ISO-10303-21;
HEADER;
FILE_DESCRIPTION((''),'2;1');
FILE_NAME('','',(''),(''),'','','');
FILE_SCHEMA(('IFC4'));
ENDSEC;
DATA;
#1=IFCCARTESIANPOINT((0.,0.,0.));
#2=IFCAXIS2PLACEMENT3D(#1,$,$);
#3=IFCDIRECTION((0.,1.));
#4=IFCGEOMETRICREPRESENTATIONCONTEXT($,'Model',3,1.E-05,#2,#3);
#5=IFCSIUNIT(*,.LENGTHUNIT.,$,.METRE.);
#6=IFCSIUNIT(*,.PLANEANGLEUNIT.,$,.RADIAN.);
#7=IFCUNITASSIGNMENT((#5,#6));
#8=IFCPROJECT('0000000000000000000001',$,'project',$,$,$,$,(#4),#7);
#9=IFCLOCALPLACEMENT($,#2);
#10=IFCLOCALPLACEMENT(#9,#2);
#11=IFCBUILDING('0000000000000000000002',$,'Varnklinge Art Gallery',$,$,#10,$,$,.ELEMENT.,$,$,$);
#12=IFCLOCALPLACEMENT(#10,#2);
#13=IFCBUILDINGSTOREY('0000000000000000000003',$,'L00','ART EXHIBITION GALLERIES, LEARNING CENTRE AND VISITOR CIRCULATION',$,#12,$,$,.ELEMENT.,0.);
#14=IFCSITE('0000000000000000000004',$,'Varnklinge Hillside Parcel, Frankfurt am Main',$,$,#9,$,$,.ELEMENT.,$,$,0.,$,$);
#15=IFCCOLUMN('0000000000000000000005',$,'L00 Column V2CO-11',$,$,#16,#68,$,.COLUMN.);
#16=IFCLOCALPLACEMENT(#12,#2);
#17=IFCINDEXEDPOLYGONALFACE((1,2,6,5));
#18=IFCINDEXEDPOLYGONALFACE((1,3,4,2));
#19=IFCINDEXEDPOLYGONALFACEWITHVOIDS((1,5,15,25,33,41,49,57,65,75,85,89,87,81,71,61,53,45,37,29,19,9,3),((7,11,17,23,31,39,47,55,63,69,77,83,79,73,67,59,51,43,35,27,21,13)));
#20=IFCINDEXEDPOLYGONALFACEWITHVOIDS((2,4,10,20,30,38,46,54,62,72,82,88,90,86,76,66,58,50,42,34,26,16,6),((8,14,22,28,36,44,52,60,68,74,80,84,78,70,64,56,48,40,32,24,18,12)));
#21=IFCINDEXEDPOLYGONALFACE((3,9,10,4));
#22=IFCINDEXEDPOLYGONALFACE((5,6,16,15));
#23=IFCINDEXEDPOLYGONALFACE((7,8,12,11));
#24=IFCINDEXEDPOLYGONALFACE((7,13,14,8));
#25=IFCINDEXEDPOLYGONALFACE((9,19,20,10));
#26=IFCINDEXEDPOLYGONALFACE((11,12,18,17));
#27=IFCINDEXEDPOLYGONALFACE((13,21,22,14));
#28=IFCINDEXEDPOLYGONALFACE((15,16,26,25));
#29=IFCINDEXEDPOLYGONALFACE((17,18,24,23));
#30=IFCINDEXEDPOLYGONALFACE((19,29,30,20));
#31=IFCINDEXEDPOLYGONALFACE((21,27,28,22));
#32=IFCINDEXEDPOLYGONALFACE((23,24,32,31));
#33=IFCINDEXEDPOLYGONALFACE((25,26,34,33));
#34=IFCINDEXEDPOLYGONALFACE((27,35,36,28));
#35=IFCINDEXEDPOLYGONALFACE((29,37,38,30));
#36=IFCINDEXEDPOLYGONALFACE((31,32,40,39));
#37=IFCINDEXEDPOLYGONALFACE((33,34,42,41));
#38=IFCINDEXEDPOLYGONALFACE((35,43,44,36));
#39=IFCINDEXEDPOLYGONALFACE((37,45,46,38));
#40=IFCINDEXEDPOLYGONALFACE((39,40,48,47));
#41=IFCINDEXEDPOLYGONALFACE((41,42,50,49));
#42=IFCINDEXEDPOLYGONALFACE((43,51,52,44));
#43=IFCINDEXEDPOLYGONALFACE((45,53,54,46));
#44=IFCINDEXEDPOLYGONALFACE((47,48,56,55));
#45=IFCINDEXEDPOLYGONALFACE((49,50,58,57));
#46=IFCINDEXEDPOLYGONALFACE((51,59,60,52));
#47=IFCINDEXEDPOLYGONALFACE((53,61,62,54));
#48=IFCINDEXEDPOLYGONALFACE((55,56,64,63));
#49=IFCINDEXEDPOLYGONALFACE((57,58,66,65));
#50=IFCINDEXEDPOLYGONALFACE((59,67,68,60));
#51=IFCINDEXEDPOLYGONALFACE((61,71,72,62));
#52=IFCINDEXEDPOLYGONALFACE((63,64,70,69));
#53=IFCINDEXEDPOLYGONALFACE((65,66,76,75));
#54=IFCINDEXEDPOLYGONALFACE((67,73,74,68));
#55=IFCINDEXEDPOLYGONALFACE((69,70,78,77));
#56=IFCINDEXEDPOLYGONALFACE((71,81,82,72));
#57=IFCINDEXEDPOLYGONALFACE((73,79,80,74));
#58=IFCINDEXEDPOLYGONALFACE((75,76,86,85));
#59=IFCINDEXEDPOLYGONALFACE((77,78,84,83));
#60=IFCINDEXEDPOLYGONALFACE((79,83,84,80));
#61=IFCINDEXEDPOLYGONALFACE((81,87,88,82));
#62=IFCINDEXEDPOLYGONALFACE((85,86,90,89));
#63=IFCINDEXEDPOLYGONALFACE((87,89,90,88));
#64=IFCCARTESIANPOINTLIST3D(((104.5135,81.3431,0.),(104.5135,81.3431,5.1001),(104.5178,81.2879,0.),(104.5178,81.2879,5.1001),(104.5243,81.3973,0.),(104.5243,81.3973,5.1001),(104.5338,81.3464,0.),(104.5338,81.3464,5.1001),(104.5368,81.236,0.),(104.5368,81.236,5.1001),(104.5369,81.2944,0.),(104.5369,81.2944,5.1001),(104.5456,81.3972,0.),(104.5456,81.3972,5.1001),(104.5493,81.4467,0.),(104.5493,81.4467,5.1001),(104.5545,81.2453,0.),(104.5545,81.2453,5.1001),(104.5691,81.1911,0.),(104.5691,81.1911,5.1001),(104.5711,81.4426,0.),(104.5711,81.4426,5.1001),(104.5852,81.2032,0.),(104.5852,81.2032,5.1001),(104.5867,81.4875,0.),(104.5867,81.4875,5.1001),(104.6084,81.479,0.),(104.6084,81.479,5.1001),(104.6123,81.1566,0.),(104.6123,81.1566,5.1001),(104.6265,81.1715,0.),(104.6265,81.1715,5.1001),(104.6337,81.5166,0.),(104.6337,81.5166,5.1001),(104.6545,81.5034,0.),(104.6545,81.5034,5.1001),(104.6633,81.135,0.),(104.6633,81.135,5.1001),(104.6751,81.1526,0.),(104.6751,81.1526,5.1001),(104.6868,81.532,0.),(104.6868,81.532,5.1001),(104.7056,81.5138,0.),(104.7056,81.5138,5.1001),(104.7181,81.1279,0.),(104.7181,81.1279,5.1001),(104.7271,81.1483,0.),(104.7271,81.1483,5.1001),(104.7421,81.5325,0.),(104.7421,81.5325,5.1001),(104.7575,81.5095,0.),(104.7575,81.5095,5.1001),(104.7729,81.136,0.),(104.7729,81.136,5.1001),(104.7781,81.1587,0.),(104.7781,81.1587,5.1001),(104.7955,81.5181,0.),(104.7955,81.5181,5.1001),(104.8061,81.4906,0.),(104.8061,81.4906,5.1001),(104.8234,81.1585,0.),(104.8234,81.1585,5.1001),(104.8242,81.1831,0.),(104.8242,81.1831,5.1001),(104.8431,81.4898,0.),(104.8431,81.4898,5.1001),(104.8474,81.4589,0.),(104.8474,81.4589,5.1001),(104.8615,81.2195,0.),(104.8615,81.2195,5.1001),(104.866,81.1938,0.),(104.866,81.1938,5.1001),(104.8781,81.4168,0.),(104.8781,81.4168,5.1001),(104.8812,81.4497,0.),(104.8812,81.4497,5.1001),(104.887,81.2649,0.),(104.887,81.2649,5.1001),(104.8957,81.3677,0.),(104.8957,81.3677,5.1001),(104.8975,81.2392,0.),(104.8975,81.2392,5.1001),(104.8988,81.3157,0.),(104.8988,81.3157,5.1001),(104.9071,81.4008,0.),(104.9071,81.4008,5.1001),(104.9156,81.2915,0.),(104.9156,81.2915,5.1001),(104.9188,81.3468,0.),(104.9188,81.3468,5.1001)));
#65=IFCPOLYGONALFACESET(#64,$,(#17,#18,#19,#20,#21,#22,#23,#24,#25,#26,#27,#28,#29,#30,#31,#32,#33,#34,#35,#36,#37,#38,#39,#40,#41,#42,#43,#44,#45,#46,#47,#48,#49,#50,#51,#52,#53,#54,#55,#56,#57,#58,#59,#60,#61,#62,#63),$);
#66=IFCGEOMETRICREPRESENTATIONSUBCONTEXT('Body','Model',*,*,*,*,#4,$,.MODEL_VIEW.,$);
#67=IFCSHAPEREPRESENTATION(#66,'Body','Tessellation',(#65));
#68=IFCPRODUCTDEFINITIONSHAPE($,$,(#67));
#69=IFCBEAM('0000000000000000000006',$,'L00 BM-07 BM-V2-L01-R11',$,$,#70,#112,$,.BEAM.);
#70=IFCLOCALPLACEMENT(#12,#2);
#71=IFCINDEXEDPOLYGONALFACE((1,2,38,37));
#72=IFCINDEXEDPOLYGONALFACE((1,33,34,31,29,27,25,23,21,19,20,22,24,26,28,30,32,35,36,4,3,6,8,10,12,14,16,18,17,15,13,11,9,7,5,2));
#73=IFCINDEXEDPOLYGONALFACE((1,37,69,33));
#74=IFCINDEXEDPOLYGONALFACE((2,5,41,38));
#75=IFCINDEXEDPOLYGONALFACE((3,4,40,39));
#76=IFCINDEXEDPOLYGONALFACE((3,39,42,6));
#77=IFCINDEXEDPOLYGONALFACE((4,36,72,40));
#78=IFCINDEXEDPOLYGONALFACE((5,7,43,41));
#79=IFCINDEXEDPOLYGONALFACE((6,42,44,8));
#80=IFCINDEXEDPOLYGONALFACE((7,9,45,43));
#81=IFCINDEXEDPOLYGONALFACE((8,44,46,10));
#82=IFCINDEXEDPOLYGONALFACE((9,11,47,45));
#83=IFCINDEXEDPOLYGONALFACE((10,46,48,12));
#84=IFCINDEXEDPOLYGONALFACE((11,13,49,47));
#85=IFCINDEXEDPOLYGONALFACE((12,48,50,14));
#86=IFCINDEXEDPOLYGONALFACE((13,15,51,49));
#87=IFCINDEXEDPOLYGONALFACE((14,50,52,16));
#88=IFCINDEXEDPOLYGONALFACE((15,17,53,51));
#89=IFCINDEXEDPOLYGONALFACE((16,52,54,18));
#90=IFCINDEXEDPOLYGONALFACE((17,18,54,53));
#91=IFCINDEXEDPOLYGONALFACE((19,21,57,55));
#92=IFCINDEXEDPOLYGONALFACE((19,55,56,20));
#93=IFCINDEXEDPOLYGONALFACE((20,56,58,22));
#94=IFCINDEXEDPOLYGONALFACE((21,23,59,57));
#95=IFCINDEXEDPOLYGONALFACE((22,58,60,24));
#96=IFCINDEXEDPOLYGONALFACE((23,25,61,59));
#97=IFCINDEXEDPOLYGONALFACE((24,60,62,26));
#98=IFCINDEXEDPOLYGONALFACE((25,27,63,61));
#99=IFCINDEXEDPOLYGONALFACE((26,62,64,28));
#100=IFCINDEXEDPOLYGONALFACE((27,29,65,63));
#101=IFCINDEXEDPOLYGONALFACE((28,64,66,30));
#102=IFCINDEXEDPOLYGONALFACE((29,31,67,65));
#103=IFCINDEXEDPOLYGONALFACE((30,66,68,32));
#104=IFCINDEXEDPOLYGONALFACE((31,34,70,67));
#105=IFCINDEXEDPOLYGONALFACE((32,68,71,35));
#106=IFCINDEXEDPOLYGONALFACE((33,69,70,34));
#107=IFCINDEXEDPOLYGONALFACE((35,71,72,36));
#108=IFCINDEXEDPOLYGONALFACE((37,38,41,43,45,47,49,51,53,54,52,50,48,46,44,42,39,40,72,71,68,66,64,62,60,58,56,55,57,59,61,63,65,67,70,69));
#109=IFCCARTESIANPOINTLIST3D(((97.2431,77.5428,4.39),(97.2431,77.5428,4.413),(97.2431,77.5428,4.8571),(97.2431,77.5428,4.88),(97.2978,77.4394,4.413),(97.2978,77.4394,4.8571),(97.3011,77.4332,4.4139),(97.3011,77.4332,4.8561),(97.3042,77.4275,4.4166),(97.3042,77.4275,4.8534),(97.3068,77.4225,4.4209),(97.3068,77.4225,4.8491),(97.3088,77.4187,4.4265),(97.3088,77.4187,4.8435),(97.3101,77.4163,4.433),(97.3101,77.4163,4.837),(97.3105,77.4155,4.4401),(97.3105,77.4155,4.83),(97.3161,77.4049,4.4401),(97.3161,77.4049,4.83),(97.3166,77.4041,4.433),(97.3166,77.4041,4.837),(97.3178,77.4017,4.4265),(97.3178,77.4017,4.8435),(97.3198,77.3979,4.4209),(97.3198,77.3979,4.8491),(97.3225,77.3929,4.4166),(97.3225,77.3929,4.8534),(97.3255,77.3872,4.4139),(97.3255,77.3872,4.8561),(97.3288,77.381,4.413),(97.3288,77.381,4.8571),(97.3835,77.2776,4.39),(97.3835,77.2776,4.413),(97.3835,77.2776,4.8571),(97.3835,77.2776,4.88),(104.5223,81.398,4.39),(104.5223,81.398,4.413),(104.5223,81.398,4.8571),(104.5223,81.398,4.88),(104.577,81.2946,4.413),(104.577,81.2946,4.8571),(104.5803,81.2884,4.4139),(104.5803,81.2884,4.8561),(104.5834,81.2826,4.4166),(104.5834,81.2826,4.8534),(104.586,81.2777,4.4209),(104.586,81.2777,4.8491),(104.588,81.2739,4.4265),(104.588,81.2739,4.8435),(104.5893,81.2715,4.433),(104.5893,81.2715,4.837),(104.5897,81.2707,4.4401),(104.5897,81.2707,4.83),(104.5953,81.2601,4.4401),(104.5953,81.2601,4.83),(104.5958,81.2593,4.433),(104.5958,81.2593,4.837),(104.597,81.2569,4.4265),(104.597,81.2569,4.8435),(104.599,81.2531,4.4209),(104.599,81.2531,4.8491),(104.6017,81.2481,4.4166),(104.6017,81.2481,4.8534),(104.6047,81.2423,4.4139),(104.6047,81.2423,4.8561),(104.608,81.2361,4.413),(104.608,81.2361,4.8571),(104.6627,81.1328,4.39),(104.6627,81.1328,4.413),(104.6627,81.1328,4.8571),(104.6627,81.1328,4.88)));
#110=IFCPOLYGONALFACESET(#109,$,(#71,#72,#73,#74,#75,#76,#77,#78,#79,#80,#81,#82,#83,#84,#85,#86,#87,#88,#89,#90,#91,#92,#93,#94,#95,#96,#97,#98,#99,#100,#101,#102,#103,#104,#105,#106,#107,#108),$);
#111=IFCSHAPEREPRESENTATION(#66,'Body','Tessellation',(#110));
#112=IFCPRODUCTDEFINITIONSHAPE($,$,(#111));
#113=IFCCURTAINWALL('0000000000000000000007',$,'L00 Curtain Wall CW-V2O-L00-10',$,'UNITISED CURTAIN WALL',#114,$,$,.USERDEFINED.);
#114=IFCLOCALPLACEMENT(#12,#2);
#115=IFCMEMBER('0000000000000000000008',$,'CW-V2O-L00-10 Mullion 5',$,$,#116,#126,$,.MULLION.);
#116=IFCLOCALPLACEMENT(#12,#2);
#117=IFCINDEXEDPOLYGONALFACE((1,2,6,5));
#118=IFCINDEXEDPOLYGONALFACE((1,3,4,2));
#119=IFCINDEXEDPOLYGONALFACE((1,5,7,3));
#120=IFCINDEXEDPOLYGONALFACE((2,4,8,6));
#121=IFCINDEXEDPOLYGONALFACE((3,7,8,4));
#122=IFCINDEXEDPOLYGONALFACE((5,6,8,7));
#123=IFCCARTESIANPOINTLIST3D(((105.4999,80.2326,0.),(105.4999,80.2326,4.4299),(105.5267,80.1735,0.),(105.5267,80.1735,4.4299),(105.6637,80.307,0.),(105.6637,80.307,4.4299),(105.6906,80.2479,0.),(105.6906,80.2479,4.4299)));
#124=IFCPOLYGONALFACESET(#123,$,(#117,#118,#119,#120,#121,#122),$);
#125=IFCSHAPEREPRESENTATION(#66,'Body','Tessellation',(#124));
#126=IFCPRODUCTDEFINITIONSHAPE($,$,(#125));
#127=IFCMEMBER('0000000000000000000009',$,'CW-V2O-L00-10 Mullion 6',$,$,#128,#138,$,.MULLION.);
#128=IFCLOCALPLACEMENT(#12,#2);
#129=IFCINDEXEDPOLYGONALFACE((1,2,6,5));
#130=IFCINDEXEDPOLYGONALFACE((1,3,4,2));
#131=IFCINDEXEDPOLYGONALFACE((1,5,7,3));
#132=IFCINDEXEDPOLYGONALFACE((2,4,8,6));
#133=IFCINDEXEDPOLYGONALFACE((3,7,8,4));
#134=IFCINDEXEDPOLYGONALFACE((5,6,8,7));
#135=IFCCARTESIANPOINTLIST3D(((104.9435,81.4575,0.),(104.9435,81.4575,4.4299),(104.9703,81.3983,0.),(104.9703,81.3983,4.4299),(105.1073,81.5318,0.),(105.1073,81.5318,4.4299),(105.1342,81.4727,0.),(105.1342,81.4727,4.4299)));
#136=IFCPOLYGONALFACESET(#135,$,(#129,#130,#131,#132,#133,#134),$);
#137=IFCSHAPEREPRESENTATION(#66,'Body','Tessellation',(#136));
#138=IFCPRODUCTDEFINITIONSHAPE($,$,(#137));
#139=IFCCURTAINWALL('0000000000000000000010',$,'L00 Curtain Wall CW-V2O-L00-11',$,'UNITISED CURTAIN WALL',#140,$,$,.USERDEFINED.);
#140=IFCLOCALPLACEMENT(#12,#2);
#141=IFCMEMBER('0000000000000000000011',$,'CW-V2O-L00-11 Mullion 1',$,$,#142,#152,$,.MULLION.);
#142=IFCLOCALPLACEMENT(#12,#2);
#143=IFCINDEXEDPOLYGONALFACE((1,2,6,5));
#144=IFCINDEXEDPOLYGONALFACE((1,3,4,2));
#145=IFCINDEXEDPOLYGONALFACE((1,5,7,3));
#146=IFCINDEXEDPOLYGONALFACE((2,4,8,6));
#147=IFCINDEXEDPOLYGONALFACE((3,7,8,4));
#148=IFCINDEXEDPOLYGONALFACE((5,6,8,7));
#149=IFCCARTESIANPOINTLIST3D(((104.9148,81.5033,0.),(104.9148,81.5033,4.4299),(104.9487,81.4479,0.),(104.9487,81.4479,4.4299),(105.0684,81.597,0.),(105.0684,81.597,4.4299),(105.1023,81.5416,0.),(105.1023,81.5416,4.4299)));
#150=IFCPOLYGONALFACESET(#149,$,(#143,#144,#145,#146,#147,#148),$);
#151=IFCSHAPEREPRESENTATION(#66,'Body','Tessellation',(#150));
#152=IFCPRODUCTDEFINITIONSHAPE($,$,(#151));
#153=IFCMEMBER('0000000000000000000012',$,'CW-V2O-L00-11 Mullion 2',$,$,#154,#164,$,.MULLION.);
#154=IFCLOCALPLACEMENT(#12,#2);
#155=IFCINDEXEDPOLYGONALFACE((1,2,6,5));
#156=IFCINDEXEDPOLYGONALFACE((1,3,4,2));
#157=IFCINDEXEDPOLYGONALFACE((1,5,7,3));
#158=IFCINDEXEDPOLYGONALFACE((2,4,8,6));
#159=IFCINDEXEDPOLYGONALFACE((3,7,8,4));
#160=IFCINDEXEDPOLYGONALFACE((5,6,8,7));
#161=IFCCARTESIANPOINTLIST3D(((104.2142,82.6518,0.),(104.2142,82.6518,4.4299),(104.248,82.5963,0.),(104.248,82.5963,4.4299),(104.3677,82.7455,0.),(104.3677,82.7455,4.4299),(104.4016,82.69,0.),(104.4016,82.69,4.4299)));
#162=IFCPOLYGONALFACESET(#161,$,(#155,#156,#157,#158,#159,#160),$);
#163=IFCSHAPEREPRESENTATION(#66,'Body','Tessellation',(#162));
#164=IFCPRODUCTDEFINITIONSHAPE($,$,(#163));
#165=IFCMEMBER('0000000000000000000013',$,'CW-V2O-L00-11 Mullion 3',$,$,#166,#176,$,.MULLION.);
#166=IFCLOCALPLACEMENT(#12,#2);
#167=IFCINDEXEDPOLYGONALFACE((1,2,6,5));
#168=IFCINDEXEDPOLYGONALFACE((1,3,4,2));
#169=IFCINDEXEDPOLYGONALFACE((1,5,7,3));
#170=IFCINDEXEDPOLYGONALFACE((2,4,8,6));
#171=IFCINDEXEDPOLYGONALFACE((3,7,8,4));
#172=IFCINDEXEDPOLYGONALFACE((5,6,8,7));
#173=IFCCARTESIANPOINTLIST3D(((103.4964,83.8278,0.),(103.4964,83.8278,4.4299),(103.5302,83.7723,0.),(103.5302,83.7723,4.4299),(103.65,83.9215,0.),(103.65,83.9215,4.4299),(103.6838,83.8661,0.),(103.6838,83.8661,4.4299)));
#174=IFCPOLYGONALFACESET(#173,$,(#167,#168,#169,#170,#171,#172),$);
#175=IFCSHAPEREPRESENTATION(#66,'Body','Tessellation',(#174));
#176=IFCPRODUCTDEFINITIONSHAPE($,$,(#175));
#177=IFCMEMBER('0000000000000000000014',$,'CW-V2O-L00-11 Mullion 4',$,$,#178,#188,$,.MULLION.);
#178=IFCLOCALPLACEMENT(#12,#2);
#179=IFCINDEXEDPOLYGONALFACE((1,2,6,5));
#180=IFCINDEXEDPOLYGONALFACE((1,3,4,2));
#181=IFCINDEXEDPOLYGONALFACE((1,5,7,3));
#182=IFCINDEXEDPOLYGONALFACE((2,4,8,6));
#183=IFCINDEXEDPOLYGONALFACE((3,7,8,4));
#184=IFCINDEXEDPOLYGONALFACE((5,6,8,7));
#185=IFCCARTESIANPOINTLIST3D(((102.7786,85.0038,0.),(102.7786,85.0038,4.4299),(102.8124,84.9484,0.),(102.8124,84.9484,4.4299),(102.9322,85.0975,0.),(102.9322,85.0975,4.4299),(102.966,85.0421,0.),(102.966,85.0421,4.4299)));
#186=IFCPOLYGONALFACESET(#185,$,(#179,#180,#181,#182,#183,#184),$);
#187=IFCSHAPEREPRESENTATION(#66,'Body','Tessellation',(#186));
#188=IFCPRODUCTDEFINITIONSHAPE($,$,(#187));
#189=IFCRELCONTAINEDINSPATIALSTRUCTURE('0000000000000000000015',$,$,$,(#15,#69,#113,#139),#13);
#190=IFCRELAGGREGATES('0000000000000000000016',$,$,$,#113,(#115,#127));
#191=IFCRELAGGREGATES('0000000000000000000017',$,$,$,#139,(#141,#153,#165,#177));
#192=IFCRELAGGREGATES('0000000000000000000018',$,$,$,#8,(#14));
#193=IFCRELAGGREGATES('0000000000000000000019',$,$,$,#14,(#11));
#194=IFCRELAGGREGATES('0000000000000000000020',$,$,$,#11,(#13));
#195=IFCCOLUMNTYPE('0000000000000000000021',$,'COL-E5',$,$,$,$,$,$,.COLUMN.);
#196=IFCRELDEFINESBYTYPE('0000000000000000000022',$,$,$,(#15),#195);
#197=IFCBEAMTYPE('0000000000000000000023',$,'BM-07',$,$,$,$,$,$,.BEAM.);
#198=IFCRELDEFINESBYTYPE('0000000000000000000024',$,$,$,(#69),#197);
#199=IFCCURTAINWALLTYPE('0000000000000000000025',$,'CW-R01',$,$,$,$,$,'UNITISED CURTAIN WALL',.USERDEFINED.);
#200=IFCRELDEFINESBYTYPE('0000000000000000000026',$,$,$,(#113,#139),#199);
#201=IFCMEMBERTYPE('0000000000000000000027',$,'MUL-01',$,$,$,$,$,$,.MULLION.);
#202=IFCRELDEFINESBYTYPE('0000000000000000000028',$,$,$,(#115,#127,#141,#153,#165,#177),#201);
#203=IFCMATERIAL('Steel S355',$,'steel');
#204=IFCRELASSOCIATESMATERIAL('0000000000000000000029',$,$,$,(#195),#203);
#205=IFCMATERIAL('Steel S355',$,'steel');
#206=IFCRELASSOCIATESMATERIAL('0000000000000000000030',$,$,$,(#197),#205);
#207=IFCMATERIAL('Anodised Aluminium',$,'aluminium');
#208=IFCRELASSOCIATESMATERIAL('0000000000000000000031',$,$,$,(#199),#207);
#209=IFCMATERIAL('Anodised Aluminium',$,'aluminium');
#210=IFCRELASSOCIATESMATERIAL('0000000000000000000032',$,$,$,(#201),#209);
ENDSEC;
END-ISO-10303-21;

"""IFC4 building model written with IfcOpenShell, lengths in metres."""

from ifc_helpers import new_model, si_unit, direction, frame, origin, origin_2d, place, context, subcontext, project, spatial, rectangle, hollow_circle, i_section, extrude, material, material_profile, profile_set, type_object, element, aggregate, save


model = new_model("IFC4")

# Units and contexts
model_context = context("Model", 3, precision=1e-05, world=origin(), true_north=direction((0.0, 1.0)))
body_context = subcontext(model_context, "Body", "Model", "MODEL_VIEW")
ifc_project = project(units=[si_unit("LENGTHUNIT", "METRE"), si_unit("PLANEANGLEUNIT", "RADIAN")], contexts=[model_context])

# Site, building, storey
site_placement = place(None, origin())
site = spatial("IfcSite", under=ifc_project, at=site_placement, Name="Varnklinge Hillside Parcel, Frankfurt am Main", CompositionType="ELEMENT", RefElevation=0.0)
building_placement = place(site_placement, origin())
building = spatial("IfcBuilding", under=site, at=building_placement, Name="Varnklinge Art Gallery", CompositionType="ELEMENT")
storey_placement = place(building_placement, origin())
storey = spatial("IfcBuildingStorey", under=building, at=storey_placement, Name="L00", Description="ART EXHIBITION GALLERIES, LEARNING CENTRE AND VISITOR CIRCULATION", CompositionType="ELEMENT", Elevation=0.0)

# Column
ifc_material_1 = material(Name="Steel S355", Category="steel")
ifc_material_profile_1 = material_profile(ifc_material_1, hollow_circle(Radius=0.2031, WallThickness=0.02, at=origin_2d()), Name="CHS 406.4x20")
ifc_profile_set_1 = profile_set([ifc_material_profile_1], Name="Steel S355")
column_type = type_object("IfcColumnType", Name="COL-E5", PredefinedType="COLUMN", material=ifc_profile_set_1)
column_placement = place(storey_placement, frame((104.7163, 81.3311, 0.0), z_axis=(0.0, 0.0, 1.0), x_axis=(-0.883684, -0.468084, 0.0)))
element("IfcColumn", 1, at=column_placement, inside=storey, type_object=column_type, Name="L00 Column V2CO-11", PredefinedType="COLUMN", context=body_context, shape_type="SweptSolid", body=[
    extrude(hollow_circle(Radius=0.2031, WallThickness=0.02, at=origin_2d()), origin(), (0.0, 0.0, 1.0), 5.1001),
])

# Beam
ifc_material_2 = material(Name="Steel S355", Category="steel")
ifc_material_profile_2 = material_profile(ifc_material_2, i_section(OverallWidth=0.3, OverallDepth=0.49, WebThickness=0.012, FlangeThickness=0.0229, FilletRadius=0.0271, at=origin_2d()), Name="HEA 500")
ifc_profile_set_2 = profile_set([ifc_material_profile_2], Name="Steel S355")
beam_type_1 = type_object("IfcBeamType", Name="BM-07", PredefinedType="BEAM", material=ifc_profile_set_2)
beam_1_placement = place(storey_placement, frame((104.5925, 81.2654, 4.635), z_axis=(-0.883714, -0.468028, 0.0), x_axis=(0.468028, -0.883714, 0.0)))
element("IfcBeam", 2, at=beam_1_placement, inside=storey, type_object=beam_type_1, Name="L00 BM-07 BM-V2-L01-R11", PredefinedType="BEAM", context=body_context, shape_type="SweptSolid", body=[
    extrude(i_section(OverallWidth=0.3, OverallDepth=0.49, WebThickness=0.012, FlangeThickness=0.0229, FilletRadius=0.0271, at=origin_2d()), origin(), (0.0, 0.0, 1.0), 8.2371),
])

# Curtain walls, members
ifc_material_3 = material(Name="Anodised Aluminium", Category="aluminium")
curtain_wall_type = type_object("IfcCurtainWallType", Name="CW-R01", ElementType="UNITISED CURTAIN WALL", PredefinedType="USERDEFINED", material=ifc_material_3)
curtain_wall_1_placement = place(storey_placement, origin())
curtain_wall_1 = element("IfcCurtainWall", 3, at=curtain_wall_1_placement, inside=storey, type_object=curtain_wall_type, Name="L00 Curtain Wall CW-V2O-L00-10", ObjectType="UNITISED CURTAIN WALL", PredefinedType="USERDEFINED")
ifc_material_4 = material(Name="Anodised Aluminium", Category="aluminium")
ifc_material_profile_3 = material_profile(ifc_material_4, rectangle(XDim=0.0649, YDim=0.1799, at=origin_2d()), Name="ALU 65x180")
ifc_profile_set_3 = profile_set([ifc_material_profile_3], Name="Anodised Aluminium")
member_type_1 = type_object("IfcMemberType", Name="MUL-01", PredefinedType="MULLION", material=ifc_profile_set_3)
member_1_placement = place(storey_placement, frame((105.5952, 80.2402, 0.0), z_axis=(0.0, 0.0, 1.0), x_axis=(-0.413422, 0.910539, 0.0)))
member_1 = element("IfcMember", 4, at=member_1_placement, type_object=member_type_1, Name="CW-V2O-L00-10 Mullion 5", PredefinedType="MULLION", context=body_context, shape_type="SweptSolid", body=[
    extrude(rectangle(XDim=0.0649, YDim=0.1799, at=origin_2d()), origin(), (0.0, 0.0, 1.0), 4.4299),
])
member_2_placement = place(storey_placement, frame((105.0388, 81.4651, 0.0), z_axis=(0.0, 0.0, 1.0), x_axis=(-0.413422, 0.910539, 0.0)))
member_2 = element("IfcMember", 5, at=member_2_placement, type_object=member_type_1, Name="CW-V2O-L00-10 Mullion 6", PredefinedType="MULLION", context=body_context, shape_type="SweptSolid", body=[
    extrude(rectangle(XDim=0.0649, YDim=0.1799, at=origin_2d()), origin(), (0.0, 0.0, 1.0), 4.4299),
])
curtain_wall_2_placement = place(storey_placement, origin())
curtain_wall_2 = element("IfcCurtainWall", 6, at=curtain_wall_2_placement, inside=storey, type_object=curtain_wall_type, Name="L00 Curtain Wall CW-V2O-L00-11", ObjectType="UNITISED CURTAIN WALL", PredefinedType="USERDEFINED")
member_3_placement = place(storey_placement, frame((105.0085, 81.5225, 0.0), z_axis=(0.0, 0.0, 1.0), x_axis=(-0.520861, 0.853642, 0.0)))
member_3 = element("IfcMember", 7, at=member_3_placement, type_object=member_type_1, Name="CW-V2O-L00-11 Mullion 1", PredefinedType="MULLION", context=body_context, shape_type="SweptSolid", body=[
    extrude(rectangle(XDim=0.0649, YDim=0.1799, at=origin_2d()), origin(), (0.0, 0.0, 1.0), 4.4299),
])
member_4_placement = place(storey_placement, frame((104.3079, 82.6709, 0.0), z_axis=(0.0, 0.0, 1.0), x_axis=(-0.520861, 0.853642, 0.0)))
member_4 = element("IfcMember", 8, at=member_4_placement, type_object=member_type_1, Name="CW-V2O-L00-11 Mullion 2", PredefinedType="MULLION", context=body_context, shape_type="SweptSolid", body=[
    extrude(rectangle(XDim=0.0649, YDim=0.1799, at=origin_2d()), origin(), (0.0, 0.0, 1.0), 4.4299),
])
member_5_placement = place(storey_placement, frame((103.5901, 83.8469, 0.0), z_axis=(0.0, 0.0, 1.0), x_axis=(-0.520861, 0.853642, 0.0)))
member_5 = element("IfcMember", 9, at=member_5_placement, type_object=member_type_1, Name="CW-V2O-L00-11 Mullion 3", PredefinedType="MULLION", context=body_context, shape_type="SweptSolid", body=[
    extrude(rectangle(XDim=0.0649, YDim=0.1799, at=origin_2d()), origin(), (0.0, 0.0, 1.0), 4.4299),
])
member_6_placement = place(storey_placement, frame((102.8723, 85.0229, 0.0), z_axis=(0.0, 0.0, 1.0), x_axis=(-0.520861, 0.853642, 0.0)))
member_6 = element("IfcMember", 10, at=member_6_placement, type_object=member_type_1, Name="CW-V2O-L00-11 Mullion 4", PredefinedType="MULLION", context=body_context, shape_type="SweptSolid", body=[
    extrude(rectangle(XDim=0.0649, YDim=0.1799, at=origin_2d()), origin(), (0.0, 0.0, 1.0), 4.4299),
])

aggregate(curtain_wall_1, [member_1, member_2])
aggregate(curtain_wall_2, [member_3, member_4, member_5, member_6])

save(model, "model.ifc")
